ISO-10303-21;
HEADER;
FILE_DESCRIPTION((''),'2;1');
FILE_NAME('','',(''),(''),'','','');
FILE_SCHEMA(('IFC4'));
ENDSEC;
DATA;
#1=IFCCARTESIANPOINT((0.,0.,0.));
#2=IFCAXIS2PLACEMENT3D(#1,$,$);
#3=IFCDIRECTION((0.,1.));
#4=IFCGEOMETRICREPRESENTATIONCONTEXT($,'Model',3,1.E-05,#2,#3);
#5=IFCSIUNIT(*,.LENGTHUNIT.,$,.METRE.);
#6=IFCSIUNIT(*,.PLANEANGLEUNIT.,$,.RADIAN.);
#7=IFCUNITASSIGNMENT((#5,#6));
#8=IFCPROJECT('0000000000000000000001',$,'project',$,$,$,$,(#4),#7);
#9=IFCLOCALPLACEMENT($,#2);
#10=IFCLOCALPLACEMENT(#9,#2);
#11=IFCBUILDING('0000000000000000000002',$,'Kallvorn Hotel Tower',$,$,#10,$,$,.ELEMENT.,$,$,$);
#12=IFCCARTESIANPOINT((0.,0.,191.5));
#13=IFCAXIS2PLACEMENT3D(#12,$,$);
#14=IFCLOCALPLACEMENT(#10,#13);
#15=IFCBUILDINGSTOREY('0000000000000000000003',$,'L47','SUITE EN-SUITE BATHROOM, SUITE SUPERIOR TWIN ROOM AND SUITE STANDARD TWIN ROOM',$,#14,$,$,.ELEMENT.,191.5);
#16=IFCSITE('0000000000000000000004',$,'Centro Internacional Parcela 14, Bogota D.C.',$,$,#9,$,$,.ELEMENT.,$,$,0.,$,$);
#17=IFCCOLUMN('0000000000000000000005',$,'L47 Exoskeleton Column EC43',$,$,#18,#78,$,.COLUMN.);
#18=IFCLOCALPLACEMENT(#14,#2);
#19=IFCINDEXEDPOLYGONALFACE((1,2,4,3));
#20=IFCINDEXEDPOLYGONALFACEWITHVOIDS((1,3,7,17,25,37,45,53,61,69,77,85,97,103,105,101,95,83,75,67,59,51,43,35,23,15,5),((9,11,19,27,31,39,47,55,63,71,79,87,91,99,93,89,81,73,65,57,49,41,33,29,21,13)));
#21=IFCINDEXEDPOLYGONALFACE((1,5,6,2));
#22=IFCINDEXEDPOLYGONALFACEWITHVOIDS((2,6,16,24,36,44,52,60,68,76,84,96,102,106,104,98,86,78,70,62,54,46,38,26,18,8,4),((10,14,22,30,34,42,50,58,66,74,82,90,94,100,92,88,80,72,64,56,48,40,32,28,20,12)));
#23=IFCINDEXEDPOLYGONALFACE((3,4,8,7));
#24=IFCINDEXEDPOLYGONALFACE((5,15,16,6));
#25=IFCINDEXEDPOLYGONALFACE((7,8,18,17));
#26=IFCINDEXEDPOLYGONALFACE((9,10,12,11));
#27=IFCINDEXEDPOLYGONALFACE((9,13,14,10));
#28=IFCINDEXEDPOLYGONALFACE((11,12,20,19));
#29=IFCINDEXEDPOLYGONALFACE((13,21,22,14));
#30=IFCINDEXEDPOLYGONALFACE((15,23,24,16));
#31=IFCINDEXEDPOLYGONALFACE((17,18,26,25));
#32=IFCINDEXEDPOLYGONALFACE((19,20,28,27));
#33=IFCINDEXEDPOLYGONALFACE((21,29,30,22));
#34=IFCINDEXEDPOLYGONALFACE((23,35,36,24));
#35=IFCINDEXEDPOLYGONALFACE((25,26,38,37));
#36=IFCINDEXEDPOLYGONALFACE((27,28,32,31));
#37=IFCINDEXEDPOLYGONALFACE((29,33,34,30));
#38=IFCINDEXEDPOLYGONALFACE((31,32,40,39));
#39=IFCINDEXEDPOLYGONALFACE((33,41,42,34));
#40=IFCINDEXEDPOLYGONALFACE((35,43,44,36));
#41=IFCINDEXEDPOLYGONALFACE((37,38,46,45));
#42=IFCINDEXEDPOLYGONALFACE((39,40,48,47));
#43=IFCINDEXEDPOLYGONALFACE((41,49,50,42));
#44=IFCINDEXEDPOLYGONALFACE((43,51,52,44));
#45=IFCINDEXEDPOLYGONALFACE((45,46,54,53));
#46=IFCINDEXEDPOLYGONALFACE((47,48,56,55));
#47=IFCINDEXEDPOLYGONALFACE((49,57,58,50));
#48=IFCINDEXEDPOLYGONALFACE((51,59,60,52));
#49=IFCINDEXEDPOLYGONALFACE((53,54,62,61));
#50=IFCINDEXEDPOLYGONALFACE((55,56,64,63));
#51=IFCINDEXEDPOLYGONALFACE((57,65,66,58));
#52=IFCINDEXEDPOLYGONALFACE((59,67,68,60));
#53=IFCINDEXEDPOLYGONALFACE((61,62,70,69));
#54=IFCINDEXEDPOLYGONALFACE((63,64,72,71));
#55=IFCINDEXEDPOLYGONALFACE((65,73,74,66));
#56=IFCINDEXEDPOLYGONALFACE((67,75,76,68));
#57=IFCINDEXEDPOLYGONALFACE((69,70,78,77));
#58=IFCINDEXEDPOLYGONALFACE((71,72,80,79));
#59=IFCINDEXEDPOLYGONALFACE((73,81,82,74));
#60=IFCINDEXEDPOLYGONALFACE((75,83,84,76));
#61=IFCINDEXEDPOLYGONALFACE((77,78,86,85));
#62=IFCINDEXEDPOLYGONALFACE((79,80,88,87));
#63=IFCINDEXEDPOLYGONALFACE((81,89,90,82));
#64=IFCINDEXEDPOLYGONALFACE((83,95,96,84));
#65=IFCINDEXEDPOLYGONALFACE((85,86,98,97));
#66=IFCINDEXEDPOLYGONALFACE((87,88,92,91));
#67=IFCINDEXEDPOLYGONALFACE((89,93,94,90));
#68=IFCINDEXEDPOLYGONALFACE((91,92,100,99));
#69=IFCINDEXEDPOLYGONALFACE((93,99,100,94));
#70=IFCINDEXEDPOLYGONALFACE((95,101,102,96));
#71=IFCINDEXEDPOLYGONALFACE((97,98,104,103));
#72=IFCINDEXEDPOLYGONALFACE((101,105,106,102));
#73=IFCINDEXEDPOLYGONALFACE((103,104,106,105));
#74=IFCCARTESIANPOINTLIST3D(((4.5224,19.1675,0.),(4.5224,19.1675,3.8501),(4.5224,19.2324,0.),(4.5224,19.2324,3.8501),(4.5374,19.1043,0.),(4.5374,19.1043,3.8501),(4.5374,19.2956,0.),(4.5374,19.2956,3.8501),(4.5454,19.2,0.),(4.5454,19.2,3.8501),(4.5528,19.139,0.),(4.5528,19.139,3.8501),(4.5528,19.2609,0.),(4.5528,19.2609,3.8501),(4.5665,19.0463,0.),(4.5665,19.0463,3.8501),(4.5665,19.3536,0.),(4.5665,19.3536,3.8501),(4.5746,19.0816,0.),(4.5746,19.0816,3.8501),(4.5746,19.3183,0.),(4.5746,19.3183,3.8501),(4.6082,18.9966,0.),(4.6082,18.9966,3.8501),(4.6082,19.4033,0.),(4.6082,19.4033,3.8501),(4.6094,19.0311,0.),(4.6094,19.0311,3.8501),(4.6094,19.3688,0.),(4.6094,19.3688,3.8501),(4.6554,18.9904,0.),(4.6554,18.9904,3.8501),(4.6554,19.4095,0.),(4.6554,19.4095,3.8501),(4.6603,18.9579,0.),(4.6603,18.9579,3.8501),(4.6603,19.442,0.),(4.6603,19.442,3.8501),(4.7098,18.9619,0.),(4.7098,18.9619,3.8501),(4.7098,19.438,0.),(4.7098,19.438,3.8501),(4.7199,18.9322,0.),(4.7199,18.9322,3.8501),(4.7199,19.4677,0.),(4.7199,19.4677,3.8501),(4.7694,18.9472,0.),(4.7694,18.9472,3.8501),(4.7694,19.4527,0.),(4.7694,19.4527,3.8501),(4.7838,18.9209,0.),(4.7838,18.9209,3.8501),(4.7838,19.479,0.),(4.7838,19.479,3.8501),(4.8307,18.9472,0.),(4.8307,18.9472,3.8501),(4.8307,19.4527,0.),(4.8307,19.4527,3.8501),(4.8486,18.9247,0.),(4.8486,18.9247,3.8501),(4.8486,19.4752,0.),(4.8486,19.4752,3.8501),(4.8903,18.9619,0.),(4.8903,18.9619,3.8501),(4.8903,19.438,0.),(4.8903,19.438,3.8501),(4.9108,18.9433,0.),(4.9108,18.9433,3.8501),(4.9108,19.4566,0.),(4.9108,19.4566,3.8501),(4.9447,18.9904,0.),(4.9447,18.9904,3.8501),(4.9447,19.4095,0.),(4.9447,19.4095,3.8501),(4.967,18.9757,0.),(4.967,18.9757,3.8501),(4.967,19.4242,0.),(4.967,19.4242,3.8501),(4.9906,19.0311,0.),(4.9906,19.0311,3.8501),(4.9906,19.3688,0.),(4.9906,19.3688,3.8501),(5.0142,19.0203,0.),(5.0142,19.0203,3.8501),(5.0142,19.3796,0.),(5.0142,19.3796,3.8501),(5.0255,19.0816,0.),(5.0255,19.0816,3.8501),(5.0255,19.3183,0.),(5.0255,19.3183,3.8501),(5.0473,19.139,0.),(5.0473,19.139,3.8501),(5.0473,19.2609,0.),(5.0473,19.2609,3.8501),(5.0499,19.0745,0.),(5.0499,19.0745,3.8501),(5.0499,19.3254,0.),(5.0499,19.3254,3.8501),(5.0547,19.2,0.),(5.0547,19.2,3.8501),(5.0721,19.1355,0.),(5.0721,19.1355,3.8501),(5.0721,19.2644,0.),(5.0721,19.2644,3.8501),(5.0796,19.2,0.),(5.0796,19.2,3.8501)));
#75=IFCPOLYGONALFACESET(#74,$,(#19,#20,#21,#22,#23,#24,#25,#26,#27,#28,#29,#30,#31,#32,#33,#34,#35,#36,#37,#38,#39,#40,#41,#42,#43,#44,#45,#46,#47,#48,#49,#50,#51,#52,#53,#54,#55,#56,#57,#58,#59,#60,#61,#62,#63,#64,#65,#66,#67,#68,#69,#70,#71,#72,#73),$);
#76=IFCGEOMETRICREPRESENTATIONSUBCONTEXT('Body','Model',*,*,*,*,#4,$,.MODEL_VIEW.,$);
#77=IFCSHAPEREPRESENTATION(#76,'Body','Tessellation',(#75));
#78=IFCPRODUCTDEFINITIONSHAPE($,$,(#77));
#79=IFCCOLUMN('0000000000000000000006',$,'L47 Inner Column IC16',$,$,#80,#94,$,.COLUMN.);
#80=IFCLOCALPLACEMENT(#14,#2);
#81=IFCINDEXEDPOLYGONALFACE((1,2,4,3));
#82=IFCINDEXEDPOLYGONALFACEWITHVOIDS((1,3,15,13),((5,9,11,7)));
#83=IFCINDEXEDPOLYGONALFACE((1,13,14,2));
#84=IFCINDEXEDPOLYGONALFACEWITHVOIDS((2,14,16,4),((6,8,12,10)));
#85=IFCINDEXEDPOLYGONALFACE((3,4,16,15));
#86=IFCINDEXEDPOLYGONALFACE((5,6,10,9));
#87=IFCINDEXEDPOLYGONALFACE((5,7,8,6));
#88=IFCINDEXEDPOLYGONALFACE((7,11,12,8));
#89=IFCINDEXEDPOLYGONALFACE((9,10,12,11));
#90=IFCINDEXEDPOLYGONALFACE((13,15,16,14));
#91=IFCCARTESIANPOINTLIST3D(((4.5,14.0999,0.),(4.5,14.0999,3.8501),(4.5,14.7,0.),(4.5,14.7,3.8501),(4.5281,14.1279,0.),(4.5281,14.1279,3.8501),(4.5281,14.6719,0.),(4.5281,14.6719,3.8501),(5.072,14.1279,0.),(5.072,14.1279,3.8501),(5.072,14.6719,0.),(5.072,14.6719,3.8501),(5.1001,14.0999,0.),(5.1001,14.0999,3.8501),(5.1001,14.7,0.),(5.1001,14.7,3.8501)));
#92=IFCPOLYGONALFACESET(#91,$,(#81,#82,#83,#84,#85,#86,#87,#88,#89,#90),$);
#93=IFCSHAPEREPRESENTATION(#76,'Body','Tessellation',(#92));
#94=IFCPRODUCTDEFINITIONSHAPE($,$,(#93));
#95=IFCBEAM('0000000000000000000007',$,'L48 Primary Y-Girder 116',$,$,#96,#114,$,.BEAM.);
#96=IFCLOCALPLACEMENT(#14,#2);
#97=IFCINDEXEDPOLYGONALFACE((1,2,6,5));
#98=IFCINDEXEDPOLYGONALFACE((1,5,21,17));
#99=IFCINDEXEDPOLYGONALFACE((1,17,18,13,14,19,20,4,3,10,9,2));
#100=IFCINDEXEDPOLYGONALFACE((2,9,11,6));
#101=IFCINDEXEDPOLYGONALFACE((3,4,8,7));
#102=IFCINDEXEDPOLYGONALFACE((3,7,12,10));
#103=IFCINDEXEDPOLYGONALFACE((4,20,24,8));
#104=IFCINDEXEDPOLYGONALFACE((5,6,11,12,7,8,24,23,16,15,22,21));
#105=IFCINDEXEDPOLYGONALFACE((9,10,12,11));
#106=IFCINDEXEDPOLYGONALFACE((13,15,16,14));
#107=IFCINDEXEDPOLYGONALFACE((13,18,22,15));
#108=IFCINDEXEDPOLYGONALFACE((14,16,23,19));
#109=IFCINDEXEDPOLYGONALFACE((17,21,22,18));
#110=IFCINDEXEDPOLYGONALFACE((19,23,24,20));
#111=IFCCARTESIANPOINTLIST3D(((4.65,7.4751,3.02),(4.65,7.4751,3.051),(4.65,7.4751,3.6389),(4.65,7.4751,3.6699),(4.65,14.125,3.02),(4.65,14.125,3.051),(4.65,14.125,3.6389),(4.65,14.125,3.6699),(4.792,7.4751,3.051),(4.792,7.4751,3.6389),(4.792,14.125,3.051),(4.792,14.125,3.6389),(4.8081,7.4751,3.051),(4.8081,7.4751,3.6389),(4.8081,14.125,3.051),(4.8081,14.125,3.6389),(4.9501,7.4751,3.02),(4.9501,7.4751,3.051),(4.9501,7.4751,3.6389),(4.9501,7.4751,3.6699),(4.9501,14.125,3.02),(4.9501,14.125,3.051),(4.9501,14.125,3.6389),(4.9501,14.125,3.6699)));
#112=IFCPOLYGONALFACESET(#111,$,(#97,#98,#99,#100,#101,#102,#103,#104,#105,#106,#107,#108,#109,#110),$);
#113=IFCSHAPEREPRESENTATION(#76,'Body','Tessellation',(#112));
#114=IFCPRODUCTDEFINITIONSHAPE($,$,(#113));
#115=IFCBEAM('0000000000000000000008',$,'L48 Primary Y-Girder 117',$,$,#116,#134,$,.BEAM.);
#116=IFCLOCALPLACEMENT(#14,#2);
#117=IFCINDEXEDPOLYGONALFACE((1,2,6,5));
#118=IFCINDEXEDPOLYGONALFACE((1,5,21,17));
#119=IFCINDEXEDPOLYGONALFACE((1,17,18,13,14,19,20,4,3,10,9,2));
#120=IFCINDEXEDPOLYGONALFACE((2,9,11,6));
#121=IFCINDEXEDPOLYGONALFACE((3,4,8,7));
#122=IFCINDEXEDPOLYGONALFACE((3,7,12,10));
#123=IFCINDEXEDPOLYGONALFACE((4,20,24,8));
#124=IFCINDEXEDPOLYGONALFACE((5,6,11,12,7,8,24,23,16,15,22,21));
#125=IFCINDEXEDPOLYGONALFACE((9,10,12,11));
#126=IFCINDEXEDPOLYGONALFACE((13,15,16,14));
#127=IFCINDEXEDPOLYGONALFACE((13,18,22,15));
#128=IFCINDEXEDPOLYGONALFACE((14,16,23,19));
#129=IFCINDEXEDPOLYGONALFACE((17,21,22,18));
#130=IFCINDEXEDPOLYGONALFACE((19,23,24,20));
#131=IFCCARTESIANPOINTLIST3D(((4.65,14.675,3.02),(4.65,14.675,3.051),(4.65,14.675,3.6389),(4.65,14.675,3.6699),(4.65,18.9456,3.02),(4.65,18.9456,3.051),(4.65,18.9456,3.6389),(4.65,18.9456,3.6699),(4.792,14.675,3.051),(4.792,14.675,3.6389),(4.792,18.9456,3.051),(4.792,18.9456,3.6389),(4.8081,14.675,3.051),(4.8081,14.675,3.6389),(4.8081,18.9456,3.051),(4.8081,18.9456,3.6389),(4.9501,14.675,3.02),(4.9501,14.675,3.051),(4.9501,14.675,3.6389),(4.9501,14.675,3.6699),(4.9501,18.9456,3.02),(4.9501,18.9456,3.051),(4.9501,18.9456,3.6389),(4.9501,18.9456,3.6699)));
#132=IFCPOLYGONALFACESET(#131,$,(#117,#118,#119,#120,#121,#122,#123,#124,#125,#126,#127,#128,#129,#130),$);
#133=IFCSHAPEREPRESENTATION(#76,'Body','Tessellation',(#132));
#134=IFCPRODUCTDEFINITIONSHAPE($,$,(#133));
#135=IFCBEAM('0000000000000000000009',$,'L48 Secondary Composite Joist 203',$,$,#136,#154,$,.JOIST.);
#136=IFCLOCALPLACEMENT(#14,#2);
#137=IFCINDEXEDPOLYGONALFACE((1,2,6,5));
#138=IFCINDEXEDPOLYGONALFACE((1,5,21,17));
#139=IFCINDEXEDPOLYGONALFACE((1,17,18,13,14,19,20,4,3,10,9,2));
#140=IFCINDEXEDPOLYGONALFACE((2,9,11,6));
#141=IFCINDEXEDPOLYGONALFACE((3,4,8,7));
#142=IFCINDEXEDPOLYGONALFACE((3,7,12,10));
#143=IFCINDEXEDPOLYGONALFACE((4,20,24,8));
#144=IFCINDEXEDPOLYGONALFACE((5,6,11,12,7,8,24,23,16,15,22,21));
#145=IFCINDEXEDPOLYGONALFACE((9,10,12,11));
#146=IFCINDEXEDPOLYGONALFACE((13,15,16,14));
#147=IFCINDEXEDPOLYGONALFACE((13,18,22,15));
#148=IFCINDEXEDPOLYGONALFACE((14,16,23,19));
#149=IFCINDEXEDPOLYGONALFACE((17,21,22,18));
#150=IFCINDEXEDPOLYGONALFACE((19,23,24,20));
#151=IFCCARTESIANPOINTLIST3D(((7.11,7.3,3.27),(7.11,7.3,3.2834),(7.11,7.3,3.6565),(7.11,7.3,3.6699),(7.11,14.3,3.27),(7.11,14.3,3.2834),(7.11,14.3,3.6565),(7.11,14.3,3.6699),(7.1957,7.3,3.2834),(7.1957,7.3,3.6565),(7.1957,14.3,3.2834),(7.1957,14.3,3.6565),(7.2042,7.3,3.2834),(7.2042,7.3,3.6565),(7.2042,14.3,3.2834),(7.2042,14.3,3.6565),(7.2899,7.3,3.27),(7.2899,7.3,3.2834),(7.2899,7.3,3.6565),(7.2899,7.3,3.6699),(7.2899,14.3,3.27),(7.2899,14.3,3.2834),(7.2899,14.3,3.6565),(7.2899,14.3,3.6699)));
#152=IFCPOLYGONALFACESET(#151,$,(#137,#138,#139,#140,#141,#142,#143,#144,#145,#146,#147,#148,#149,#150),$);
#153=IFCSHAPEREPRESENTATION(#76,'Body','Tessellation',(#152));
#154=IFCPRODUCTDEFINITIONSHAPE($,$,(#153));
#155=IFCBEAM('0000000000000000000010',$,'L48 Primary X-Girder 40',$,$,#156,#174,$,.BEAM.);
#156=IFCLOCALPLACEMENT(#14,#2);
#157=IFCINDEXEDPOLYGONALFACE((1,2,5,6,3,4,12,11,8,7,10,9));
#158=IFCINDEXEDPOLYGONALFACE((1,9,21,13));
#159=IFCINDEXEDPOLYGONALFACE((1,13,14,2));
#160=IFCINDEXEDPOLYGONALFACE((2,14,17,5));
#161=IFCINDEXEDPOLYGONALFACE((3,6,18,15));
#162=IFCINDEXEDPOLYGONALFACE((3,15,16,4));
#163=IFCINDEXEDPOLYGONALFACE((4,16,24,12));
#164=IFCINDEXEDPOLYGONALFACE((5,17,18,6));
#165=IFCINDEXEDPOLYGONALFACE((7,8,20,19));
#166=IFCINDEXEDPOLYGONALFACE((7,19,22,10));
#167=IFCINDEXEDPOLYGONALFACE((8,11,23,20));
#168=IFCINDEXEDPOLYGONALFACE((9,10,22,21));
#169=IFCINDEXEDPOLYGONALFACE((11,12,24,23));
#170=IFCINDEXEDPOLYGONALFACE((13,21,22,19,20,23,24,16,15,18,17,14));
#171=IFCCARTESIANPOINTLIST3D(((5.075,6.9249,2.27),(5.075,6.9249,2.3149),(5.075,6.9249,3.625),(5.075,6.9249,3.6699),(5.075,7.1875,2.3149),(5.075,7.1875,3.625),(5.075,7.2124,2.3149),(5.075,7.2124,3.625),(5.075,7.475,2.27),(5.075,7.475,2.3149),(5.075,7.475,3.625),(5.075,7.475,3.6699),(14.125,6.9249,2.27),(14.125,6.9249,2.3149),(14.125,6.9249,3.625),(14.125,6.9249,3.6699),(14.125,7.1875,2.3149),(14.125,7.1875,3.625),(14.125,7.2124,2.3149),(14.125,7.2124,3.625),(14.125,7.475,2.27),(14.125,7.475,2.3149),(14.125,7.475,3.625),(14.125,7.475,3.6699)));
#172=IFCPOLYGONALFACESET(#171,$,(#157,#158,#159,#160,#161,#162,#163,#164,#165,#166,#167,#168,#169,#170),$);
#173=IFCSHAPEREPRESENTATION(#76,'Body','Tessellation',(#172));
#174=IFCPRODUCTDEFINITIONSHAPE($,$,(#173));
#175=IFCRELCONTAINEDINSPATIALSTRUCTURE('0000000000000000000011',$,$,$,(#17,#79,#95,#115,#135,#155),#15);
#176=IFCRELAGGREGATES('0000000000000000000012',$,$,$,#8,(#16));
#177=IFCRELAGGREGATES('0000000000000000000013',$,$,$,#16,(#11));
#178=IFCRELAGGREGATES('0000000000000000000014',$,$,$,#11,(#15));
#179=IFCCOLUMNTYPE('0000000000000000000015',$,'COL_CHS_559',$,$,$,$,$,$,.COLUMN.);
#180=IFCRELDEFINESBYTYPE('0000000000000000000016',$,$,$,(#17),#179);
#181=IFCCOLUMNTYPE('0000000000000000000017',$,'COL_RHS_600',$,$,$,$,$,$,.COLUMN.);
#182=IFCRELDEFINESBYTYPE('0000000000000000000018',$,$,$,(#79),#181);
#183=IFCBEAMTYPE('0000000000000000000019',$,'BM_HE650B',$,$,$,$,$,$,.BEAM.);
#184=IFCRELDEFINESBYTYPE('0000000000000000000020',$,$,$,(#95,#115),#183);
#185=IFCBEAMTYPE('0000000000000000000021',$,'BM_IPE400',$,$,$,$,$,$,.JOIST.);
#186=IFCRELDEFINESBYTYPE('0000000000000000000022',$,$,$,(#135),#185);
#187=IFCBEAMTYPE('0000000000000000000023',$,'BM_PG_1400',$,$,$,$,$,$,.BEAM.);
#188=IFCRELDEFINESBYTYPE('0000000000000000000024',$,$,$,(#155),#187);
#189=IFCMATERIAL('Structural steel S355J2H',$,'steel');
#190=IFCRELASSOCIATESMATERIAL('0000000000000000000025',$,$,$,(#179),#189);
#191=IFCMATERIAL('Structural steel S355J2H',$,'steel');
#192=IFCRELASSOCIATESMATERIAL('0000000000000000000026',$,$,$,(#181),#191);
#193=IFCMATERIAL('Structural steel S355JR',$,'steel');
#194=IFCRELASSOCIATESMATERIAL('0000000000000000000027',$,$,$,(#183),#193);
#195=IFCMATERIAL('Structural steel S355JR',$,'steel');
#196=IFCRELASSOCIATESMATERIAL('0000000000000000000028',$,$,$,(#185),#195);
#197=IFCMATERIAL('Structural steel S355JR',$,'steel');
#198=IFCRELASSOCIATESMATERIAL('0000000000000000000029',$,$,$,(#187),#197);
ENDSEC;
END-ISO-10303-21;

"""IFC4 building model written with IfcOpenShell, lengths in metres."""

from ifc_helpers import new_model, si_unit, direction, frame, origin, origin_2d, place, context, subcontext, project, spatial, hollow_rectangle, hollow_circle, i_section, extrude, material, material_profile, profile_set, type_object, element, save


model = new_model("IFC4")

# Units and contexts
model_context = context("Model", 3, precision=1e-05, world=origin(), true_north=direction((0.0, 1.0)))
body_context = subcontext(model_context, "Body", "Model", "MODEL_VIEW")
ifc_project = project(units=[si_unit("LENGTHUNIT", "METRE"), si_unit("PLANEANGLEUNIT", "RADIAN")], contexts=[model_context])

# Site, building, storey
site_placement = place(None, origin())
site = spatial("IfcSite", under=ifc_project, at=site_placement, Name="Centro Internacional Parcela 14, Bogota D.C.", CompositionType="ELEMENT", RefElevation=0.0)
building_placement = place(site_placement, origin())
building = spatial("IfcBuilding", under=site, at=building_placement, Name="Kallvorn Hotel Tower", CompositionType="ELEMENT")
storey_placement = place(building_placement, frame((0.0, 0.0, 191.5)))
storey = spatial("IfcBuildingStorey", under=building, at=storey_placement, Name="L47", Description="SUITE EN-SUITE BATHROOM, SUITE SUPERIOR TWIN ROOM AND SUITE STANDARD TWIN ROOM", CompositionType="ELEMENT", Elevation=191.5)

# Columns
ifc_material_1 = material(Name="Structural steel S355J2H", Category="steel")
ifc_material_profile_1 = material_profile(ifc_material_1, hollow_circle(Radius=0.2795, WallThickness=0.0249, at=origin_2d()), Name="CHS 559x25")
ifc_profile_set_1 = profile_set([ifc_material_profile_1], Name="Structural steel S355J2H")
column_type_1 = type_object("IfcColumnType", Name="COL_CHS_559", PredefinedType="COLUMN", material=ifc_profile_set_1)
column_1_placement = place(storey_placement, frame((4.8, 19.2, 0.0), z_axis=(0.0, 0.0, 1.0), x_axis=(1.0, 0.0, 0.0)))
element("IfcColumn", 1, at=column_1_placement, inside=storey, type_object=column_type_1, Name="L47 Exoskeleton Column EC43", PredefinedType="COLUMN", context=body_context, shape_type="SweptSolid", body=[
    extrude(hollow_circle(Radius=0.2795, WallThickness=0.0249, at=origin_2d()), origin(), (0.0, 0.0, 1.0), 3.8501),
])
ifc_material_2 = material(Name="Structural steel S355J2H", Category="steel")
ifc_material_profile_2 = material_profile(ifc_material_2, hollow_rectangle(XDim=0.6001, YDim=0.6001, WallThickness=0.0281, at=origin_2d()), Name="RHS 600x600x28")
ifc_profile_set_2 = profile_set([ifc_material_profile_2], Name="Structural steel S355J2H")
column_type_2 = type_object("IfcColumnType", Name="COL_RHS_600", PredefinedType="COLUMN", material=ifc_profile_set_2)
column_2_placement = place(storey_placement, frame((4.8, 14.3999, 0.0), z_axis=(0.0, 0.0, 1.0), x_axis=(1.0, 0.0, 0.0)))
element("IfcColumn", 2, at=column_2_placement, inside=storey, type_object=column_type_2, Name="L47 Inner Column IC16", PredefinedType="COLUMN", context=body_context, shape_type="SweptSolid", body=[
    extrude(hollow_rectangle(XDim=0.6001, YDim=0.6001, WallThickness=0.0281, at=origin_2d()), origin(), (0.0, 0.0, 1.0), 3.8501),
])

# Beams
ifc_material_3 = material(Name="Structural steel S355JR", Category="steel")
ifc_material_profile_3 = material_profile(ifc_material_3, i_section(OverallWidth=0.3, OverallDepth=0.6499, WebThickness=0.0161, FlangeThickness=0.031, at=origin_2d()), Name="HE 650 B")
ifc_profile_set_3 = profile_set([ifc_material_profile_3], Name="Structural steel S355JR")
beam_type_1 = type_object("IfcBeamType", Name="BM_HE650B", PredefinedType="BEAM", material=ifc_profile_set_3)
beam_1_placement = place(storey_placement, frame((4.8, 7.4751, 3.345), z_axis=(0.0, 1.0, 0.0), x_axis=(-1.0, 0.0, 0.0)))
element("IfcBeam", 3, at=beam_1_placement, inside=storey, type_object=beam_type_1, Name="L48 Primary Y-Girder 116", PredefinedType="BEAM", context=body_context, shape_type="SweptSolid", body=[
    extrude(i_section(OverallWidth=0.3, OverallDepth=0.6499, WebThickness=0.0161, FlangeThickness=0.031, at=origin_2d()), origin(), (0.0, 0.0, 1.0), 6.6499),
])
beam_2_placement = place(storey_placement, frame((4.8, 14.675, 3.345), z_axis=(0.0, 1.0, 0.0), x_axis=(-1.0, 0.0, 0.0)))
element("IfcBeam", 4, at=beam_2_placement, inside=storey, type_object=beam_type_1, Name="L48 Primary Y-Girder 117", PredefinedType="BEAM", context=body_context, shape_type="SweptSolid", body=[
    extrude(i_section(OverallWidth=0.3, OverallDepth=0.6499, WebThickness=0.0161, FlangeThickness=0.031, at=origin_2d()), origin(), (0.0, 0.0, 1.0), 4.2705),
])
ifc_material_4 = material(Name="Structural steel S355JR", Category="steel")
ifc_material_profile_4 = material_profile(ifc_material_4, i_section(OverallWidth=0.1799, OverallDepth=0.3999, WebThickness=0.0085, FlangeThickness=0.0134, at=origin_2d()), Name="IPE 400")
ifc_profile_set_4 = profile_set([ifc_material_profile_4], Name="Structural steel S355JR")
beam_type_2 = type_object("IfcBeamType", Name="BM_IPE400", PredefinedType="JOIST", material=ifc_profile_set_4)
beam_3_placement = place(storey_placement, frame((7.2, 7.3, 3.47), z_axis=(0.0, 1.0, 0.0), x_axis=(-1.0, 0.0, 0.0)))
element("IfcBeam", 5, at=beam_3_placement, inside=storey, type_object=beam_type_2, Name="L48 Secondary Composite Joist 203", PredefinedType="JOIST", context=body_context, shape_type="SweptSolid", body=[
    extrude(i_section(OverallWidth=0.1799, OverallDepth=0.3999, WebThickness=0.0085, FlangeThickness=0.0134, at=origin_2d()), origin(), (0.0, 0.0, 1.0), 7.0),
])
ifc_material_5 = material(Name="Structural steel S355JR", Category="steel")
ifc_material_profile_5 = material_profile(ifc_material_5, i_section(OverallWidth=0.55, OverallDepth=1.3999, WebThickness=0.0249, FlangeThickness=0.0449, at=origin_2d()), Name="PG 1400x550x25x45")
ifc_profile_set_5 = profile_set([ifc_material_profile_5], Name="Structural steel S355JR")
beam_type_3 = type_object("IfcBeamType", Name="BM_PG_1400", PredefinedType="BEAM", material=ifc_profile_set_5)
beam_4_placement = place(storey_placement, frame((5.075, 7.2, 2.97), z_axis=(1.0, 0.0, 0.0), x_axis=(0.0, 1.0, 0.0)))
element("IfcBeam", 6, at=beam_4_placement, inside=storey, type_object=beam_type_3, Name="L48 Primary X-Girder 40", PredefinedType="BEAM", context=body_context, shape_type="SweptSolid", body=[
    extrude(i_section(OverallWidth=0.55, OverallDepth=1.3999, WebThickness=0.0249, FlangeThickness=0.0449, at=origin_2d()), origin(), (0.0, 0.0, 1.0), 9.05),
])

save(model, "model.ifc")
